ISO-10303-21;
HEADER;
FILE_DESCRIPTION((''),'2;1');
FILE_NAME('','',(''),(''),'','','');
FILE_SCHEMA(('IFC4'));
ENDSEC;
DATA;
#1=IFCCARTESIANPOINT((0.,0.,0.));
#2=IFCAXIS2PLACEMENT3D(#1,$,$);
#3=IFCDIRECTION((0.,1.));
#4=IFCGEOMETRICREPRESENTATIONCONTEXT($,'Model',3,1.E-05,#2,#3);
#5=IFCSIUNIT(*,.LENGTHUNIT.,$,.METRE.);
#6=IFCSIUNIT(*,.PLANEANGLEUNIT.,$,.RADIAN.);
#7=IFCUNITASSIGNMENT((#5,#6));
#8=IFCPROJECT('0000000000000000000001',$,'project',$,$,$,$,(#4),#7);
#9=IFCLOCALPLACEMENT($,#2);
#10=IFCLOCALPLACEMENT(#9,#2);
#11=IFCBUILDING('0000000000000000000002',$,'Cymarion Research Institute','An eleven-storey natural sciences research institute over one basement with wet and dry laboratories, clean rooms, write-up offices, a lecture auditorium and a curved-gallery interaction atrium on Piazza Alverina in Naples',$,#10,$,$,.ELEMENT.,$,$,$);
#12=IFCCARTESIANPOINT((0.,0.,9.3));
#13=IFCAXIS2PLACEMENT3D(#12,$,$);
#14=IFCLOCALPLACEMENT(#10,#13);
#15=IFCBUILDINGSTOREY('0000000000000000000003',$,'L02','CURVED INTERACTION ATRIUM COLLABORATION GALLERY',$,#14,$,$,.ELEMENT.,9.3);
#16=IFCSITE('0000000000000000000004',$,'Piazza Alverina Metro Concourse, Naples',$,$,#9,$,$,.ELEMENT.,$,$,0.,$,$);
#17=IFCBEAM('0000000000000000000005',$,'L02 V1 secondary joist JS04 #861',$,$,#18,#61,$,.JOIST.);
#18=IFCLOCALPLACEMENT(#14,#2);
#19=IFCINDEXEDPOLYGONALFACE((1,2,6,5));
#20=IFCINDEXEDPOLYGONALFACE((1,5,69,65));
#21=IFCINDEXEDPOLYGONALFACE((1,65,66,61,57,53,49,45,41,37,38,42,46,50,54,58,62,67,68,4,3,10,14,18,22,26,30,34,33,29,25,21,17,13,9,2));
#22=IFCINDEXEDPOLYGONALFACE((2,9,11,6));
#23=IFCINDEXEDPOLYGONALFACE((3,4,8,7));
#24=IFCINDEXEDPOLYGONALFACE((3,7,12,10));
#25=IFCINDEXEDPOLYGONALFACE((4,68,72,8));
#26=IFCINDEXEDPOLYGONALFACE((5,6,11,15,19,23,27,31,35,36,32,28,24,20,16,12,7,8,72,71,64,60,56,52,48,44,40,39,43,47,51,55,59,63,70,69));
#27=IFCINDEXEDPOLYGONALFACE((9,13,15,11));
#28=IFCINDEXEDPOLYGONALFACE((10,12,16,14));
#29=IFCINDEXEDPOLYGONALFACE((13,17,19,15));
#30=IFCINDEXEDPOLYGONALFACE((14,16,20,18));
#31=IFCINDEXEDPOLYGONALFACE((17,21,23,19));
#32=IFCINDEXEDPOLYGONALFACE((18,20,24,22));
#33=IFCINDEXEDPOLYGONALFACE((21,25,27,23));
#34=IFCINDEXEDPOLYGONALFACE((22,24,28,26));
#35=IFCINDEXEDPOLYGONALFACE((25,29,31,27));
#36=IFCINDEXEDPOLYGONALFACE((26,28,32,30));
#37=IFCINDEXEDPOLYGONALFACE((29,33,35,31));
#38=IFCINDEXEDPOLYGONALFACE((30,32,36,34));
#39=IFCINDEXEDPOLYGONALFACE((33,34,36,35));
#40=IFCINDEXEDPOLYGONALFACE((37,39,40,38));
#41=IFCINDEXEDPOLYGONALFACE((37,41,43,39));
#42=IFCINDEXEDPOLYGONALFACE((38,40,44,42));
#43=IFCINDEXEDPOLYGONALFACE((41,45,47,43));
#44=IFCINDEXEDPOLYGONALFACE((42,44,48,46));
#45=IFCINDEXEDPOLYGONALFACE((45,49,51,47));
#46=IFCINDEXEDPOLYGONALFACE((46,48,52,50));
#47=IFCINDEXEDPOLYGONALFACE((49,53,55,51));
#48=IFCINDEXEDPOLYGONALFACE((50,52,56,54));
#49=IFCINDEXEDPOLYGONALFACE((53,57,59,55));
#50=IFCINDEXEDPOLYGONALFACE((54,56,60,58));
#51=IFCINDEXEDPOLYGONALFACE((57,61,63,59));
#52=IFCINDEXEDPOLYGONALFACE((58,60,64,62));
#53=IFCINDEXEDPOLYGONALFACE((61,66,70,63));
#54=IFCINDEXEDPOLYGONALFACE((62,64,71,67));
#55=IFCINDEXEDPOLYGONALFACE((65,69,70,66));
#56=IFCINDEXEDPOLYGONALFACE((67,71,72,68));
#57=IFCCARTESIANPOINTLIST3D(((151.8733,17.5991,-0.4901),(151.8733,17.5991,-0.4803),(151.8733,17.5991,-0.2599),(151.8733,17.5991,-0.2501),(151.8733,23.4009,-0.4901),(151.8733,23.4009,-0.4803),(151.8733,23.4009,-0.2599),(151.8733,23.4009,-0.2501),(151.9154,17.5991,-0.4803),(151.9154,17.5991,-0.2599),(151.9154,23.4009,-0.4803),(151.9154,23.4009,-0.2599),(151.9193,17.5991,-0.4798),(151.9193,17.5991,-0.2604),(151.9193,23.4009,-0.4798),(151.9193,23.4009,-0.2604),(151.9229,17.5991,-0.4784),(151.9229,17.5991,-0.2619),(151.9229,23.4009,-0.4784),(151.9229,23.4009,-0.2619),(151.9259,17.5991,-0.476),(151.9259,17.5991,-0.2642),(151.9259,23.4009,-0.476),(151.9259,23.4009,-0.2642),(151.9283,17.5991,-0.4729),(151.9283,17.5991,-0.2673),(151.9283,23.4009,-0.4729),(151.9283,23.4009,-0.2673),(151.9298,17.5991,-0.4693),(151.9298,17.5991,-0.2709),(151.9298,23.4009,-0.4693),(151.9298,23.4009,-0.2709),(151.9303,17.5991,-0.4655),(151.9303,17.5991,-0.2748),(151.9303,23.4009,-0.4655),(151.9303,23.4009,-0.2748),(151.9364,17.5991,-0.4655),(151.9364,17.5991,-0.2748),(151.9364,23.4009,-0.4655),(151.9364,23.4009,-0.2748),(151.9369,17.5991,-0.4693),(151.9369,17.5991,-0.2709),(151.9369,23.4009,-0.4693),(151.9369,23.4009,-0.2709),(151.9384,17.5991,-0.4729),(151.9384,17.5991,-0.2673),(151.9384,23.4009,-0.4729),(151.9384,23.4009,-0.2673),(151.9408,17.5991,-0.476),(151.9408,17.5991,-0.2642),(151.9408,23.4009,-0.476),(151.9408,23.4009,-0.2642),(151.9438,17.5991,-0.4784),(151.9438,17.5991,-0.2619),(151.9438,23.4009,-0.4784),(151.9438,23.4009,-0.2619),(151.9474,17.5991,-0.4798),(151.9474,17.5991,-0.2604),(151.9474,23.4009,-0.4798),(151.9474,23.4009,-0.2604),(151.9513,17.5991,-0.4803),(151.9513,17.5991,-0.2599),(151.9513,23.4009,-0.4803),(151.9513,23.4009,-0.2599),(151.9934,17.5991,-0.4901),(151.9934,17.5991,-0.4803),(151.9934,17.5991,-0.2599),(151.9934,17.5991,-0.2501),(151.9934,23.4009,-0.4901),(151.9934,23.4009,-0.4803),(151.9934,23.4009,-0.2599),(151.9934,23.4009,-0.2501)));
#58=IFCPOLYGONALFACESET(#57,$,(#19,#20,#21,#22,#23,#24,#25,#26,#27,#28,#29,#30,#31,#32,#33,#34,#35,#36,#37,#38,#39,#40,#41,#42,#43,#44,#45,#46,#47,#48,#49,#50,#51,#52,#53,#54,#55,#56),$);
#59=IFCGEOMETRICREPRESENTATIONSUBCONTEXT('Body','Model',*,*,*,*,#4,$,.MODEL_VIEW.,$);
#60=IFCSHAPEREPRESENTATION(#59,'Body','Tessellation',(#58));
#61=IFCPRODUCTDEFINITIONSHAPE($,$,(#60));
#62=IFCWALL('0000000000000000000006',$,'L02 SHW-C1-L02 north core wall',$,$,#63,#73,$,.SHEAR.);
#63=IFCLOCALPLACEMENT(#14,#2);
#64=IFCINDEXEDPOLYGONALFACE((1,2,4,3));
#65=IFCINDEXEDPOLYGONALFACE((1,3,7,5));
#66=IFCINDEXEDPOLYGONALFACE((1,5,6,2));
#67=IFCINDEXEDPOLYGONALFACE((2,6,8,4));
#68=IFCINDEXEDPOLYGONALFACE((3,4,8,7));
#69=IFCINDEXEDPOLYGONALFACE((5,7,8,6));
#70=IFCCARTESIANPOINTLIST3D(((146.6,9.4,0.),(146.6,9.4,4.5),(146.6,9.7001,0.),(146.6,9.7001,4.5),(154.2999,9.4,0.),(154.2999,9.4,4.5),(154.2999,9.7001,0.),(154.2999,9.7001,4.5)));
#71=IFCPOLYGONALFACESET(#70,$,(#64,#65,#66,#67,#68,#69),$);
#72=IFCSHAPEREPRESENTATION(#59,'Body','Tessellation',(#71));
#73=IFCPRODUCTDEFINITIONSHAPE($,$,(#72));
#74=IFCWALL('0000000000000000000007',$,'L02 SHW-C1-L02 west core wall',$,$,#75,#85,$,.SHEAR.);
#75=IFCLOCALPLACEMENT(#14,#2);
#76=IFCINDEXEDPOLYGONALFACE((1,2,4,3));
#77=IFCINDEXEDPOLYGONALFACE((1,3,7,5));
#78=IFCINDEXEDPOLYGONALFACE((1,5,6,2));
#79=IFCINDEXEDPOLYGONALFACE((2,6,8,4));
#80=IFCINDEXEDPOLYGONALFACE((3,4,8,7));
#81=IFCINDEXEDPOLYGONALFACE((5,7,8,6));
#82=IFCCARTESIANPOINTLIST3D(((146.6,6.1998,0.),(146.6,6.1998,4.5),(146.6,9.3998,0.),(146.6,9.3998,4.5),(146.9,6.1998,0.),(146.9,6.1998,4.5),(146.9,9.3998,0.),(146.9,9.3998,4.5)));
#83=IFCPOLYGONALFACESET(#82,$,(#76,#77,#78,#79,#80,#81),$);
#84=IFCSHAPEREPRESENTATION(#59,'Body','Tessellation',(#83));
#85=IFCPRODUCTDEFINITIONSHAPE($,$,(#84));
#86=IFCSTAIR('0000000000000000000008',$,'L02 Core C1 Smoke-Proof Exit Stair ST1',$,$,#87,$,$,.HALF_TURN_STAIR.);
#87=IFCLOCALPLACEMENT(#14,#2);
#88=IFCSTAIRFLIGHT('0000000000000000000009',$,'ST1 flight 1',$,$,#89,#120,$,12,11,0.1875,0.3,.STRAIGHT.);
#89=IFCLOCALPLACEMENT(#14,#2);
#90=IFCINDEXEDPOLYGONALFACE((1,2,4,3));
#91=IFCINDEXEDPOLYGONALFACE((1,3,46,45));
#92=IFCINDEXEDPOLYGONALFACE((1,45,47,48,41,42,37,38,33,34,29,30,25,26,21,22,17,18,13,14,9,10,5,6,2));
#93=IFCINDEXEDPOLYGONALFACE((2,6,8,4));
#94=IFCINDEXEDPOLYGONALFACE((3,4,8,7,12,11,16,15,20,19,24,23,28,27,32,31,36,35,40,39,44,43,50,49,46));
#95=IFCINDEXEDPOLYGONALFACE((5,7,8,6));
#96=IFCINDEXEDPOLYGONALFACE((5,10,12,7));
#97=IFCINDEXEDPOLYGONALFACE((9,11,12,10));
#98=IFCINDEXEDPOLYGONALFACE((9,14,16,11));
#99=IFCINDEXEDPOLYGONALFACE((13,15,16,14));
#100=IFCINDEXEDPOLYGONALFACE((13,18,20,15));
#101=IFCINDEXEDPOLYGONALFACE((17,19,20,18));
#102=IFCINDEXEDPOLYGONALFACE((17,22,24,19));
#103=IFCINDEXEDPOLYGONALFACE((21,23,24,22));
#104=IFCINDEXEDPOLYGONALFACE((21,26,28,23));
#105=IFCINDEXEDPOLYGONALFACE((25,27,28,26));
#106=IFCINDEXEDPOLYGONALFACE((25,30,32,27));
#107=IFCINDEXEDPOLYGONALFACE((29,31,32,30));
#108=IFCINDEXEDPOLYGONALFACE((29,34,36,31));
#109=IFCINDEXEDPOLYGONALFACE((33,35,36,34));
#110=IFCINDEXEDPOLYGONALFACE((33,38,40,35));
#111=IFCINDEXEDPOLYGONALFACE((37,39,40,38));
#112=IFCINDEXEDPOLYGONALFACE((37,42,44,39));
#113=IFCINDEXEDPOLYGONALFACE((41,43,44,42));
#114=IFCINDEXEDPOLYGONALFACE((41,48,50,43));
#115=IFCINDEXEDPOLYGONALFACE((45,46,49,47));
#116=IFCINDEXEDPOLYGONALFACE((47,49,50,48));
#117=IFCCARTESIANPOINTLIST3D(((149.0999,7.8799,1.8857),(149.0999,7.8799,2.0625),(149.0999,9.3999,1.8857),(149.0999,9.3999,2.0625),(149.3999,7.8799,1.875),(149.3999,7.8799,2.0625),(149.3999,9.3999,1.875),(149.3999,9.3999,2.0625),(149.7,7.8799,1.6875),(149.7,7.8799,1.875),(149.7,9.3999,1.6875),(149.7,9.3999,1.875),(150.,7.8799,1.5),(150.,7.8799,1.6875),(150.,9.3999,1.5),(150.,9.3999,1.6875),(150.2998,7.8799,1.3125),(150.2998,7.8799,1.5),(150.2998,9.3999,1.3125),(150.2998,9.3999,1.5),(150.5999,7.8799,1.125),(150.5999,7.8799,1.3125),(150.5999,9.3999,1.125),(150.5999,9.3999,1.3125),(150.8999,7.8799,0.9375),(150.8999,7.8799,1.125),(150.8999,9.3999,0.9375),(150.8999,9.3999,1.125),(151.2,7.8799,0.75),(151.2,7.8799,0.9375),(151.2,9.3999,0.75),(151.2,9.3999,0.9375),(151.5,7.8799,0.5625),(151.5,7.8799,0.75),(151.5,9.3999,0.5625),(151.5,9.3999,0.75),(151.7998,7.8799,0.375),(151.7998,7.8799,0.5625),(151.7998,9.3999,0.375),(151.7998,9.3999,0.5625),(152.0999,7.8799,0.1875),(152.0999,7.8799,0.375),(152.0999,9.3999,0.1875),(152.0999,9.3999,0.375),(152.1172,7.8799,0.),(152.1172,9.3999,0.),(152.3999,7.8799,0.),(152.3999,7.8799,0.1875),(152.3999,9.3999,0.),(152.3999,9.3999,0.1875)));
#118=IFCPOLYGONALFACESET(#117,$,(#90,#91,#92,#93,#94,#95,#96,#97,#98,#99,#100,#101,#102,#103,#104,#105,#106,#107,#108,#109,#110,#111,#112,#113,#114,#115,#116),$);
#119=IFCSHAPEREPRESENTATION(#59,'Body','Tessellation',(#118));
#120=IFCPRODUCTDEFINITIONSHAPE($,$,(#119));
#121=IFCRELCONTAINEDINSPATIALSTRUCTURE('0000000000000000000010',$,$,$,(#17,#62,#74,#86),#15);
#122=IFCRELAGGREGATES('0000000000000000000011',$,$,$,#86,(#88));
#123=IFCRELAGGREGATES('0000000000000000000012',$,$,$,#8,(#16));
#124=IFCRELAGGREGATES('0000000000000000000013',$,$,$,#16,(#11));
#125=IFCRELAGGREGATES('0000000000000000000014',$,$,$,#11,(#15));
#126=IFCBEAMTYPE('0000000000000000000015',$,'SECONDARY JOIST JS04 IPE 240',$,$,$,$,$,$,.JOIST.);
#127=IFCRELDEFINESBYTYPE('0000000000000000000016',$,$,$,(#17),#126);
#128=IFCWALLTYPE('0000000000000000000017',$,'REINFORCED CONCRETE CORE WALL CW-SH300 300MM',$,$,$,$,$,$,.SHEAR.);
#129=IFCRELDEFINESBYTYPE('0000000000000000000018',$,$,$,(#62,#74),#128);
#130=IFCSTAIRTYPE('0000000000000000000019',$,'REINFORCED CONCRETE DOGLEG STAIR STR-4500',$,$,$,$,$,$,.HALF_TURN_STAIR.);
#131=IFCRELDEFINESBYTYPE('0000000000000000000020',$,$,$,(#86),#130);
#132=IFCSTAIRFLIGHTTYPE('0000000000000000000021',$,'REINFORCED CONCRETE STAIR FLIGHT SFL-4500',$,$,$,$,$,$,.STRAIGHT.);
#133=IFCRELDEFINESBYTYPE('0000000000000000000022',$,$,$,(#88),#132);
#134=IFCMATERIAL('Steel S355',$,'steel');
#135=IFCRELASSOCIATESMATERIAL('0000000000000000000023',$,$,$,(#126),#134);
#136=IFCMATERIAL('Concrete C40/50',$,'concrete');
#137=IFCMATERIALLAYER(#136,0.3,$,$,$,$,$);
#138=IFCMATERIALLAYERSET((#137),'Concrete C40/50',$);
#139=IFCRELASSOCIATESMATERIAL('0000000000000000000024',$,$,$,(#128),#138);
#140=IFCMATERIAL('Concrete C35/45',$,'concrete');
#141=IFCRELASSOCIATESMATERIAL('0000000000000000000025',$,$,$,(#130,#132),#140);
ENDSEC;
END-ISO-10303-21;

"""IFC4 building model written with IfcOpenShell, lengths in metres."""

from ifc_helpers import new_model, si_unit, direction, frame, frame_2d, origin, origin_2d, place, context, subcontext, project, spatial, polyline, rectangle, i_section, outline, extrude, material, layer, layer_set, material_profile, profile_set, type_object, element, aggregate, save


model = new_model("IFC4")

# Units and contexts
model_context = context("Model", 3, precision=1e-05, world=origin(), true_north=direction((0.0, 1.0)))
body_context = subcontext(model_context, "Body", "Model", "MODEL_VIEW")
ifc_project = project(units=[si_unit("LENGTHUNIT", "METRE"), si_unit("PLANEANGLEUNIT", "RADIAN")], contexts=[model_context])

# Site, building, storey
site_placement = place(None, origin())
site = spatial("IfcSite", under=ifc_project, at=site_placement, Name="Piazza Alverina Metro Concourse, Naples", CompositionType="ELEMENT", RefElevation=0.0)
building_placement = place(site_placement, origin())
building = spatial("IfcBuilding", under=site, at=building_placement, Name="Cymarion Research Institute", Description="An eleven-storey natural sciences research institute over one basement with wet and dry laboratories, clean rooms, write-up offices, a lecture auditorium and a curved-gallery interaction atrium on Piazza Alverina in Naples", CompositionType="ELEMENT")
storey_placement = place(building_placement, frame((0.0, 0.0, 9.3)))
storey = spatial("IfcBuildingStorey", under=building, at=storey_placement, Name="L02", Description="CURVED INTERACTION ATRIUM COLLABORATION GALLERY", CompositionType="ELEMENT", Elevation=9.3)

# Shared definitions
ifc_material_1 = material(Name="Steel S355", Category="steel")

# Beam
ifc_material_profile_1 = material_profile(ifc_material_1, i_section(OverallWidth=0.1201, OverallDepth=0.24, WebThickness=0.0061, FlangeThickness=0.0098, FilletRadius=0.0149, at=origin_2d()), Name="IPE 240")
ifc_profile_set_1 = profile_set([ifc_material_profile_1], Name="Steel S355")
beam_type_1 = type_object("IfcBeamType", Name="SECONDARY JOIST JS04 IPE 240", PredefinedType="JOIST", material=ifc_profile_set_1)
for number, where, z_axis, x_axis, name in (
    (1, (151.9333, 17.5991, -0.3701), (0.0, 1.0, 0.0), (-1.0, 0.0, 0.0), "L02 V1 secondary joist JS04 #861"),
):
    element("IfcBeam", number, at=place(storey_placement, frame(where, z_axis=z_axis, x_axis=x_axis)), inside=storey, type_object=beam_type_1, Name=name, PredefinedType="JOIST", context=body_context, shape_type="SweptSolid", body=[
        extrude(i_section(OverallWidth=0.1201, OverallDepth=0.24, WebThickness=0.0061, FlangeThickness=0.0098, FilletRadius=0.0149, at=origin_2d()), origin(), (0.0, 0.0, 1.0), 5.8018),
    ])

# Walls
ifc_material_2 = material(Name="Concrete C40/50", Category="concrete")
ifc_layer = layer(ifc_material_2, 0.3)
ifc_layer_set = layer_set([ifc_layer], Name="Concrete C40/50")
wall_type = type_object("IfcWallType", Name="REINFORCED CONCRETE CORE WALL CW-SH300 300MM", PredefinedType="SHEAR", material=ifc_layer_set)
wall_1_placement = place(storey_placement, frame((154.3, 9.55, 0.0), z_axis=(0.0, 0.0, 1.0), x_axis=(-1.0, 0.0, 0.0)))
element("IfcWall", 2, at=wall_1_placement, inside=storey, type_object=wall_type, Name="L02 SHW-C1-L02 north core wall", PredefinedType="SHEAR", context=body_context, shape_type="SweptSolid", body=[
    extrude(rectangle(XDim=7.7, YDim=0.3, at=frame_2d((3.8501, 0.0))), origin(), (0.0, 0.0, 1.0), 4.5),
])
wall_2_placement = place(storey_placement, frame((146.75, 9.3999, 0.0), z_axis=(0.0, 0.0, 1.0), x_axis=(0.0, -1.0, 0.0)))
element("IfcWall", 3, at=wall_2_placement, inside=storey, type_object=wall_type, Name="L02 SHW-C1-L02 west core wall", PredefinedType="SHEAR", context=body_context, shape_type="SweptSolid", body=[
    extrude(rectangle(XDim=3.2, YDim=0.3, at=frame_2d((1.6001, 0.0))), origin(), (0.0, 0.0, 1.0), 4.5),
])

# Stair, stair flight
ifc_material_3 = material(Name="Concrete C35/45", Category="concrete")
stair_type = type_object("IfcStairType", Name="REINFORCED CONCRETE DOGLEG STAIR STR-4500", PredefinedType="HALF_TURN_STAIR", material=ifc_material_3)
stair_placement = place(storey_placement, origin())
stair = element("IfcStair", 4, at=stair_placement, inside=storey, type_object=stair_type, Name="L02 Core C1 Smoke-Proof Exit Stair ST1", PredefinedType="HALF_TURN_STAIR")
stair_flight_type = type_object("IfcStairFlightType", Name="REINFORCED CONCRETE STAIR FLIGHT SFL-4500", PredefinedType="STRAIGHT", material=ifc_material_3)
stair_flight_placement = place(storey_placement, frame((152.3999, 8.6399, 0.0), z_axis=(0.0, 0.0, 1.0), x_axis=(-1.0, 0.0, 0.0)))
stair_flight = element("IfcStairFlight", 5, at=stair_flight_placement, type_object=stair_flight_type, Name="ST1 flight 1", NumberOfRisers=12, NumberOfTreads=11, PredefinedType="STRAIGHT", RiserHeight=0.1875, TreadLength=0.3, context=body_context, shape_type="SweptSolid", body=[
    extrude(outline(polyline([(0.0, 0.0), (0.0, 0.1875), (0.3, 0.1875), (0.3, 0.375), (0.6001, 0.375), (0.6001, 0.5625), (0.8999, 0.5625), (0.8999, 0.75), (1.2, 0.75), (1.2, 0.9375), (1.5, 0.9375), (1.5, 1.125), (1.8, 1.125), (1.8, 1.3125), (2.1001, 1.3125), (2.1001, 1.5), (2.3999, 1.5), (2.3999, 1.6875), (2.7, 1.6875), (2.7, 1.875), (3.0, 1.875), (3.0, 2.0625), (3.3, 2.0625), (3.3, 2.25), (3.3, 1.8857), (0.2827, 0.0), (0.0, 0.0)])), frame((0.0, 0.76, 0.0), z_axis=(0.0, -1.0, 0.0), x_axis=(1.0, 0.0, 0.0)), (0.0, 0.0, 1.0), 1.52),
])
aggregate(stair, [stair_flight])

save(model, "model.ifc")
